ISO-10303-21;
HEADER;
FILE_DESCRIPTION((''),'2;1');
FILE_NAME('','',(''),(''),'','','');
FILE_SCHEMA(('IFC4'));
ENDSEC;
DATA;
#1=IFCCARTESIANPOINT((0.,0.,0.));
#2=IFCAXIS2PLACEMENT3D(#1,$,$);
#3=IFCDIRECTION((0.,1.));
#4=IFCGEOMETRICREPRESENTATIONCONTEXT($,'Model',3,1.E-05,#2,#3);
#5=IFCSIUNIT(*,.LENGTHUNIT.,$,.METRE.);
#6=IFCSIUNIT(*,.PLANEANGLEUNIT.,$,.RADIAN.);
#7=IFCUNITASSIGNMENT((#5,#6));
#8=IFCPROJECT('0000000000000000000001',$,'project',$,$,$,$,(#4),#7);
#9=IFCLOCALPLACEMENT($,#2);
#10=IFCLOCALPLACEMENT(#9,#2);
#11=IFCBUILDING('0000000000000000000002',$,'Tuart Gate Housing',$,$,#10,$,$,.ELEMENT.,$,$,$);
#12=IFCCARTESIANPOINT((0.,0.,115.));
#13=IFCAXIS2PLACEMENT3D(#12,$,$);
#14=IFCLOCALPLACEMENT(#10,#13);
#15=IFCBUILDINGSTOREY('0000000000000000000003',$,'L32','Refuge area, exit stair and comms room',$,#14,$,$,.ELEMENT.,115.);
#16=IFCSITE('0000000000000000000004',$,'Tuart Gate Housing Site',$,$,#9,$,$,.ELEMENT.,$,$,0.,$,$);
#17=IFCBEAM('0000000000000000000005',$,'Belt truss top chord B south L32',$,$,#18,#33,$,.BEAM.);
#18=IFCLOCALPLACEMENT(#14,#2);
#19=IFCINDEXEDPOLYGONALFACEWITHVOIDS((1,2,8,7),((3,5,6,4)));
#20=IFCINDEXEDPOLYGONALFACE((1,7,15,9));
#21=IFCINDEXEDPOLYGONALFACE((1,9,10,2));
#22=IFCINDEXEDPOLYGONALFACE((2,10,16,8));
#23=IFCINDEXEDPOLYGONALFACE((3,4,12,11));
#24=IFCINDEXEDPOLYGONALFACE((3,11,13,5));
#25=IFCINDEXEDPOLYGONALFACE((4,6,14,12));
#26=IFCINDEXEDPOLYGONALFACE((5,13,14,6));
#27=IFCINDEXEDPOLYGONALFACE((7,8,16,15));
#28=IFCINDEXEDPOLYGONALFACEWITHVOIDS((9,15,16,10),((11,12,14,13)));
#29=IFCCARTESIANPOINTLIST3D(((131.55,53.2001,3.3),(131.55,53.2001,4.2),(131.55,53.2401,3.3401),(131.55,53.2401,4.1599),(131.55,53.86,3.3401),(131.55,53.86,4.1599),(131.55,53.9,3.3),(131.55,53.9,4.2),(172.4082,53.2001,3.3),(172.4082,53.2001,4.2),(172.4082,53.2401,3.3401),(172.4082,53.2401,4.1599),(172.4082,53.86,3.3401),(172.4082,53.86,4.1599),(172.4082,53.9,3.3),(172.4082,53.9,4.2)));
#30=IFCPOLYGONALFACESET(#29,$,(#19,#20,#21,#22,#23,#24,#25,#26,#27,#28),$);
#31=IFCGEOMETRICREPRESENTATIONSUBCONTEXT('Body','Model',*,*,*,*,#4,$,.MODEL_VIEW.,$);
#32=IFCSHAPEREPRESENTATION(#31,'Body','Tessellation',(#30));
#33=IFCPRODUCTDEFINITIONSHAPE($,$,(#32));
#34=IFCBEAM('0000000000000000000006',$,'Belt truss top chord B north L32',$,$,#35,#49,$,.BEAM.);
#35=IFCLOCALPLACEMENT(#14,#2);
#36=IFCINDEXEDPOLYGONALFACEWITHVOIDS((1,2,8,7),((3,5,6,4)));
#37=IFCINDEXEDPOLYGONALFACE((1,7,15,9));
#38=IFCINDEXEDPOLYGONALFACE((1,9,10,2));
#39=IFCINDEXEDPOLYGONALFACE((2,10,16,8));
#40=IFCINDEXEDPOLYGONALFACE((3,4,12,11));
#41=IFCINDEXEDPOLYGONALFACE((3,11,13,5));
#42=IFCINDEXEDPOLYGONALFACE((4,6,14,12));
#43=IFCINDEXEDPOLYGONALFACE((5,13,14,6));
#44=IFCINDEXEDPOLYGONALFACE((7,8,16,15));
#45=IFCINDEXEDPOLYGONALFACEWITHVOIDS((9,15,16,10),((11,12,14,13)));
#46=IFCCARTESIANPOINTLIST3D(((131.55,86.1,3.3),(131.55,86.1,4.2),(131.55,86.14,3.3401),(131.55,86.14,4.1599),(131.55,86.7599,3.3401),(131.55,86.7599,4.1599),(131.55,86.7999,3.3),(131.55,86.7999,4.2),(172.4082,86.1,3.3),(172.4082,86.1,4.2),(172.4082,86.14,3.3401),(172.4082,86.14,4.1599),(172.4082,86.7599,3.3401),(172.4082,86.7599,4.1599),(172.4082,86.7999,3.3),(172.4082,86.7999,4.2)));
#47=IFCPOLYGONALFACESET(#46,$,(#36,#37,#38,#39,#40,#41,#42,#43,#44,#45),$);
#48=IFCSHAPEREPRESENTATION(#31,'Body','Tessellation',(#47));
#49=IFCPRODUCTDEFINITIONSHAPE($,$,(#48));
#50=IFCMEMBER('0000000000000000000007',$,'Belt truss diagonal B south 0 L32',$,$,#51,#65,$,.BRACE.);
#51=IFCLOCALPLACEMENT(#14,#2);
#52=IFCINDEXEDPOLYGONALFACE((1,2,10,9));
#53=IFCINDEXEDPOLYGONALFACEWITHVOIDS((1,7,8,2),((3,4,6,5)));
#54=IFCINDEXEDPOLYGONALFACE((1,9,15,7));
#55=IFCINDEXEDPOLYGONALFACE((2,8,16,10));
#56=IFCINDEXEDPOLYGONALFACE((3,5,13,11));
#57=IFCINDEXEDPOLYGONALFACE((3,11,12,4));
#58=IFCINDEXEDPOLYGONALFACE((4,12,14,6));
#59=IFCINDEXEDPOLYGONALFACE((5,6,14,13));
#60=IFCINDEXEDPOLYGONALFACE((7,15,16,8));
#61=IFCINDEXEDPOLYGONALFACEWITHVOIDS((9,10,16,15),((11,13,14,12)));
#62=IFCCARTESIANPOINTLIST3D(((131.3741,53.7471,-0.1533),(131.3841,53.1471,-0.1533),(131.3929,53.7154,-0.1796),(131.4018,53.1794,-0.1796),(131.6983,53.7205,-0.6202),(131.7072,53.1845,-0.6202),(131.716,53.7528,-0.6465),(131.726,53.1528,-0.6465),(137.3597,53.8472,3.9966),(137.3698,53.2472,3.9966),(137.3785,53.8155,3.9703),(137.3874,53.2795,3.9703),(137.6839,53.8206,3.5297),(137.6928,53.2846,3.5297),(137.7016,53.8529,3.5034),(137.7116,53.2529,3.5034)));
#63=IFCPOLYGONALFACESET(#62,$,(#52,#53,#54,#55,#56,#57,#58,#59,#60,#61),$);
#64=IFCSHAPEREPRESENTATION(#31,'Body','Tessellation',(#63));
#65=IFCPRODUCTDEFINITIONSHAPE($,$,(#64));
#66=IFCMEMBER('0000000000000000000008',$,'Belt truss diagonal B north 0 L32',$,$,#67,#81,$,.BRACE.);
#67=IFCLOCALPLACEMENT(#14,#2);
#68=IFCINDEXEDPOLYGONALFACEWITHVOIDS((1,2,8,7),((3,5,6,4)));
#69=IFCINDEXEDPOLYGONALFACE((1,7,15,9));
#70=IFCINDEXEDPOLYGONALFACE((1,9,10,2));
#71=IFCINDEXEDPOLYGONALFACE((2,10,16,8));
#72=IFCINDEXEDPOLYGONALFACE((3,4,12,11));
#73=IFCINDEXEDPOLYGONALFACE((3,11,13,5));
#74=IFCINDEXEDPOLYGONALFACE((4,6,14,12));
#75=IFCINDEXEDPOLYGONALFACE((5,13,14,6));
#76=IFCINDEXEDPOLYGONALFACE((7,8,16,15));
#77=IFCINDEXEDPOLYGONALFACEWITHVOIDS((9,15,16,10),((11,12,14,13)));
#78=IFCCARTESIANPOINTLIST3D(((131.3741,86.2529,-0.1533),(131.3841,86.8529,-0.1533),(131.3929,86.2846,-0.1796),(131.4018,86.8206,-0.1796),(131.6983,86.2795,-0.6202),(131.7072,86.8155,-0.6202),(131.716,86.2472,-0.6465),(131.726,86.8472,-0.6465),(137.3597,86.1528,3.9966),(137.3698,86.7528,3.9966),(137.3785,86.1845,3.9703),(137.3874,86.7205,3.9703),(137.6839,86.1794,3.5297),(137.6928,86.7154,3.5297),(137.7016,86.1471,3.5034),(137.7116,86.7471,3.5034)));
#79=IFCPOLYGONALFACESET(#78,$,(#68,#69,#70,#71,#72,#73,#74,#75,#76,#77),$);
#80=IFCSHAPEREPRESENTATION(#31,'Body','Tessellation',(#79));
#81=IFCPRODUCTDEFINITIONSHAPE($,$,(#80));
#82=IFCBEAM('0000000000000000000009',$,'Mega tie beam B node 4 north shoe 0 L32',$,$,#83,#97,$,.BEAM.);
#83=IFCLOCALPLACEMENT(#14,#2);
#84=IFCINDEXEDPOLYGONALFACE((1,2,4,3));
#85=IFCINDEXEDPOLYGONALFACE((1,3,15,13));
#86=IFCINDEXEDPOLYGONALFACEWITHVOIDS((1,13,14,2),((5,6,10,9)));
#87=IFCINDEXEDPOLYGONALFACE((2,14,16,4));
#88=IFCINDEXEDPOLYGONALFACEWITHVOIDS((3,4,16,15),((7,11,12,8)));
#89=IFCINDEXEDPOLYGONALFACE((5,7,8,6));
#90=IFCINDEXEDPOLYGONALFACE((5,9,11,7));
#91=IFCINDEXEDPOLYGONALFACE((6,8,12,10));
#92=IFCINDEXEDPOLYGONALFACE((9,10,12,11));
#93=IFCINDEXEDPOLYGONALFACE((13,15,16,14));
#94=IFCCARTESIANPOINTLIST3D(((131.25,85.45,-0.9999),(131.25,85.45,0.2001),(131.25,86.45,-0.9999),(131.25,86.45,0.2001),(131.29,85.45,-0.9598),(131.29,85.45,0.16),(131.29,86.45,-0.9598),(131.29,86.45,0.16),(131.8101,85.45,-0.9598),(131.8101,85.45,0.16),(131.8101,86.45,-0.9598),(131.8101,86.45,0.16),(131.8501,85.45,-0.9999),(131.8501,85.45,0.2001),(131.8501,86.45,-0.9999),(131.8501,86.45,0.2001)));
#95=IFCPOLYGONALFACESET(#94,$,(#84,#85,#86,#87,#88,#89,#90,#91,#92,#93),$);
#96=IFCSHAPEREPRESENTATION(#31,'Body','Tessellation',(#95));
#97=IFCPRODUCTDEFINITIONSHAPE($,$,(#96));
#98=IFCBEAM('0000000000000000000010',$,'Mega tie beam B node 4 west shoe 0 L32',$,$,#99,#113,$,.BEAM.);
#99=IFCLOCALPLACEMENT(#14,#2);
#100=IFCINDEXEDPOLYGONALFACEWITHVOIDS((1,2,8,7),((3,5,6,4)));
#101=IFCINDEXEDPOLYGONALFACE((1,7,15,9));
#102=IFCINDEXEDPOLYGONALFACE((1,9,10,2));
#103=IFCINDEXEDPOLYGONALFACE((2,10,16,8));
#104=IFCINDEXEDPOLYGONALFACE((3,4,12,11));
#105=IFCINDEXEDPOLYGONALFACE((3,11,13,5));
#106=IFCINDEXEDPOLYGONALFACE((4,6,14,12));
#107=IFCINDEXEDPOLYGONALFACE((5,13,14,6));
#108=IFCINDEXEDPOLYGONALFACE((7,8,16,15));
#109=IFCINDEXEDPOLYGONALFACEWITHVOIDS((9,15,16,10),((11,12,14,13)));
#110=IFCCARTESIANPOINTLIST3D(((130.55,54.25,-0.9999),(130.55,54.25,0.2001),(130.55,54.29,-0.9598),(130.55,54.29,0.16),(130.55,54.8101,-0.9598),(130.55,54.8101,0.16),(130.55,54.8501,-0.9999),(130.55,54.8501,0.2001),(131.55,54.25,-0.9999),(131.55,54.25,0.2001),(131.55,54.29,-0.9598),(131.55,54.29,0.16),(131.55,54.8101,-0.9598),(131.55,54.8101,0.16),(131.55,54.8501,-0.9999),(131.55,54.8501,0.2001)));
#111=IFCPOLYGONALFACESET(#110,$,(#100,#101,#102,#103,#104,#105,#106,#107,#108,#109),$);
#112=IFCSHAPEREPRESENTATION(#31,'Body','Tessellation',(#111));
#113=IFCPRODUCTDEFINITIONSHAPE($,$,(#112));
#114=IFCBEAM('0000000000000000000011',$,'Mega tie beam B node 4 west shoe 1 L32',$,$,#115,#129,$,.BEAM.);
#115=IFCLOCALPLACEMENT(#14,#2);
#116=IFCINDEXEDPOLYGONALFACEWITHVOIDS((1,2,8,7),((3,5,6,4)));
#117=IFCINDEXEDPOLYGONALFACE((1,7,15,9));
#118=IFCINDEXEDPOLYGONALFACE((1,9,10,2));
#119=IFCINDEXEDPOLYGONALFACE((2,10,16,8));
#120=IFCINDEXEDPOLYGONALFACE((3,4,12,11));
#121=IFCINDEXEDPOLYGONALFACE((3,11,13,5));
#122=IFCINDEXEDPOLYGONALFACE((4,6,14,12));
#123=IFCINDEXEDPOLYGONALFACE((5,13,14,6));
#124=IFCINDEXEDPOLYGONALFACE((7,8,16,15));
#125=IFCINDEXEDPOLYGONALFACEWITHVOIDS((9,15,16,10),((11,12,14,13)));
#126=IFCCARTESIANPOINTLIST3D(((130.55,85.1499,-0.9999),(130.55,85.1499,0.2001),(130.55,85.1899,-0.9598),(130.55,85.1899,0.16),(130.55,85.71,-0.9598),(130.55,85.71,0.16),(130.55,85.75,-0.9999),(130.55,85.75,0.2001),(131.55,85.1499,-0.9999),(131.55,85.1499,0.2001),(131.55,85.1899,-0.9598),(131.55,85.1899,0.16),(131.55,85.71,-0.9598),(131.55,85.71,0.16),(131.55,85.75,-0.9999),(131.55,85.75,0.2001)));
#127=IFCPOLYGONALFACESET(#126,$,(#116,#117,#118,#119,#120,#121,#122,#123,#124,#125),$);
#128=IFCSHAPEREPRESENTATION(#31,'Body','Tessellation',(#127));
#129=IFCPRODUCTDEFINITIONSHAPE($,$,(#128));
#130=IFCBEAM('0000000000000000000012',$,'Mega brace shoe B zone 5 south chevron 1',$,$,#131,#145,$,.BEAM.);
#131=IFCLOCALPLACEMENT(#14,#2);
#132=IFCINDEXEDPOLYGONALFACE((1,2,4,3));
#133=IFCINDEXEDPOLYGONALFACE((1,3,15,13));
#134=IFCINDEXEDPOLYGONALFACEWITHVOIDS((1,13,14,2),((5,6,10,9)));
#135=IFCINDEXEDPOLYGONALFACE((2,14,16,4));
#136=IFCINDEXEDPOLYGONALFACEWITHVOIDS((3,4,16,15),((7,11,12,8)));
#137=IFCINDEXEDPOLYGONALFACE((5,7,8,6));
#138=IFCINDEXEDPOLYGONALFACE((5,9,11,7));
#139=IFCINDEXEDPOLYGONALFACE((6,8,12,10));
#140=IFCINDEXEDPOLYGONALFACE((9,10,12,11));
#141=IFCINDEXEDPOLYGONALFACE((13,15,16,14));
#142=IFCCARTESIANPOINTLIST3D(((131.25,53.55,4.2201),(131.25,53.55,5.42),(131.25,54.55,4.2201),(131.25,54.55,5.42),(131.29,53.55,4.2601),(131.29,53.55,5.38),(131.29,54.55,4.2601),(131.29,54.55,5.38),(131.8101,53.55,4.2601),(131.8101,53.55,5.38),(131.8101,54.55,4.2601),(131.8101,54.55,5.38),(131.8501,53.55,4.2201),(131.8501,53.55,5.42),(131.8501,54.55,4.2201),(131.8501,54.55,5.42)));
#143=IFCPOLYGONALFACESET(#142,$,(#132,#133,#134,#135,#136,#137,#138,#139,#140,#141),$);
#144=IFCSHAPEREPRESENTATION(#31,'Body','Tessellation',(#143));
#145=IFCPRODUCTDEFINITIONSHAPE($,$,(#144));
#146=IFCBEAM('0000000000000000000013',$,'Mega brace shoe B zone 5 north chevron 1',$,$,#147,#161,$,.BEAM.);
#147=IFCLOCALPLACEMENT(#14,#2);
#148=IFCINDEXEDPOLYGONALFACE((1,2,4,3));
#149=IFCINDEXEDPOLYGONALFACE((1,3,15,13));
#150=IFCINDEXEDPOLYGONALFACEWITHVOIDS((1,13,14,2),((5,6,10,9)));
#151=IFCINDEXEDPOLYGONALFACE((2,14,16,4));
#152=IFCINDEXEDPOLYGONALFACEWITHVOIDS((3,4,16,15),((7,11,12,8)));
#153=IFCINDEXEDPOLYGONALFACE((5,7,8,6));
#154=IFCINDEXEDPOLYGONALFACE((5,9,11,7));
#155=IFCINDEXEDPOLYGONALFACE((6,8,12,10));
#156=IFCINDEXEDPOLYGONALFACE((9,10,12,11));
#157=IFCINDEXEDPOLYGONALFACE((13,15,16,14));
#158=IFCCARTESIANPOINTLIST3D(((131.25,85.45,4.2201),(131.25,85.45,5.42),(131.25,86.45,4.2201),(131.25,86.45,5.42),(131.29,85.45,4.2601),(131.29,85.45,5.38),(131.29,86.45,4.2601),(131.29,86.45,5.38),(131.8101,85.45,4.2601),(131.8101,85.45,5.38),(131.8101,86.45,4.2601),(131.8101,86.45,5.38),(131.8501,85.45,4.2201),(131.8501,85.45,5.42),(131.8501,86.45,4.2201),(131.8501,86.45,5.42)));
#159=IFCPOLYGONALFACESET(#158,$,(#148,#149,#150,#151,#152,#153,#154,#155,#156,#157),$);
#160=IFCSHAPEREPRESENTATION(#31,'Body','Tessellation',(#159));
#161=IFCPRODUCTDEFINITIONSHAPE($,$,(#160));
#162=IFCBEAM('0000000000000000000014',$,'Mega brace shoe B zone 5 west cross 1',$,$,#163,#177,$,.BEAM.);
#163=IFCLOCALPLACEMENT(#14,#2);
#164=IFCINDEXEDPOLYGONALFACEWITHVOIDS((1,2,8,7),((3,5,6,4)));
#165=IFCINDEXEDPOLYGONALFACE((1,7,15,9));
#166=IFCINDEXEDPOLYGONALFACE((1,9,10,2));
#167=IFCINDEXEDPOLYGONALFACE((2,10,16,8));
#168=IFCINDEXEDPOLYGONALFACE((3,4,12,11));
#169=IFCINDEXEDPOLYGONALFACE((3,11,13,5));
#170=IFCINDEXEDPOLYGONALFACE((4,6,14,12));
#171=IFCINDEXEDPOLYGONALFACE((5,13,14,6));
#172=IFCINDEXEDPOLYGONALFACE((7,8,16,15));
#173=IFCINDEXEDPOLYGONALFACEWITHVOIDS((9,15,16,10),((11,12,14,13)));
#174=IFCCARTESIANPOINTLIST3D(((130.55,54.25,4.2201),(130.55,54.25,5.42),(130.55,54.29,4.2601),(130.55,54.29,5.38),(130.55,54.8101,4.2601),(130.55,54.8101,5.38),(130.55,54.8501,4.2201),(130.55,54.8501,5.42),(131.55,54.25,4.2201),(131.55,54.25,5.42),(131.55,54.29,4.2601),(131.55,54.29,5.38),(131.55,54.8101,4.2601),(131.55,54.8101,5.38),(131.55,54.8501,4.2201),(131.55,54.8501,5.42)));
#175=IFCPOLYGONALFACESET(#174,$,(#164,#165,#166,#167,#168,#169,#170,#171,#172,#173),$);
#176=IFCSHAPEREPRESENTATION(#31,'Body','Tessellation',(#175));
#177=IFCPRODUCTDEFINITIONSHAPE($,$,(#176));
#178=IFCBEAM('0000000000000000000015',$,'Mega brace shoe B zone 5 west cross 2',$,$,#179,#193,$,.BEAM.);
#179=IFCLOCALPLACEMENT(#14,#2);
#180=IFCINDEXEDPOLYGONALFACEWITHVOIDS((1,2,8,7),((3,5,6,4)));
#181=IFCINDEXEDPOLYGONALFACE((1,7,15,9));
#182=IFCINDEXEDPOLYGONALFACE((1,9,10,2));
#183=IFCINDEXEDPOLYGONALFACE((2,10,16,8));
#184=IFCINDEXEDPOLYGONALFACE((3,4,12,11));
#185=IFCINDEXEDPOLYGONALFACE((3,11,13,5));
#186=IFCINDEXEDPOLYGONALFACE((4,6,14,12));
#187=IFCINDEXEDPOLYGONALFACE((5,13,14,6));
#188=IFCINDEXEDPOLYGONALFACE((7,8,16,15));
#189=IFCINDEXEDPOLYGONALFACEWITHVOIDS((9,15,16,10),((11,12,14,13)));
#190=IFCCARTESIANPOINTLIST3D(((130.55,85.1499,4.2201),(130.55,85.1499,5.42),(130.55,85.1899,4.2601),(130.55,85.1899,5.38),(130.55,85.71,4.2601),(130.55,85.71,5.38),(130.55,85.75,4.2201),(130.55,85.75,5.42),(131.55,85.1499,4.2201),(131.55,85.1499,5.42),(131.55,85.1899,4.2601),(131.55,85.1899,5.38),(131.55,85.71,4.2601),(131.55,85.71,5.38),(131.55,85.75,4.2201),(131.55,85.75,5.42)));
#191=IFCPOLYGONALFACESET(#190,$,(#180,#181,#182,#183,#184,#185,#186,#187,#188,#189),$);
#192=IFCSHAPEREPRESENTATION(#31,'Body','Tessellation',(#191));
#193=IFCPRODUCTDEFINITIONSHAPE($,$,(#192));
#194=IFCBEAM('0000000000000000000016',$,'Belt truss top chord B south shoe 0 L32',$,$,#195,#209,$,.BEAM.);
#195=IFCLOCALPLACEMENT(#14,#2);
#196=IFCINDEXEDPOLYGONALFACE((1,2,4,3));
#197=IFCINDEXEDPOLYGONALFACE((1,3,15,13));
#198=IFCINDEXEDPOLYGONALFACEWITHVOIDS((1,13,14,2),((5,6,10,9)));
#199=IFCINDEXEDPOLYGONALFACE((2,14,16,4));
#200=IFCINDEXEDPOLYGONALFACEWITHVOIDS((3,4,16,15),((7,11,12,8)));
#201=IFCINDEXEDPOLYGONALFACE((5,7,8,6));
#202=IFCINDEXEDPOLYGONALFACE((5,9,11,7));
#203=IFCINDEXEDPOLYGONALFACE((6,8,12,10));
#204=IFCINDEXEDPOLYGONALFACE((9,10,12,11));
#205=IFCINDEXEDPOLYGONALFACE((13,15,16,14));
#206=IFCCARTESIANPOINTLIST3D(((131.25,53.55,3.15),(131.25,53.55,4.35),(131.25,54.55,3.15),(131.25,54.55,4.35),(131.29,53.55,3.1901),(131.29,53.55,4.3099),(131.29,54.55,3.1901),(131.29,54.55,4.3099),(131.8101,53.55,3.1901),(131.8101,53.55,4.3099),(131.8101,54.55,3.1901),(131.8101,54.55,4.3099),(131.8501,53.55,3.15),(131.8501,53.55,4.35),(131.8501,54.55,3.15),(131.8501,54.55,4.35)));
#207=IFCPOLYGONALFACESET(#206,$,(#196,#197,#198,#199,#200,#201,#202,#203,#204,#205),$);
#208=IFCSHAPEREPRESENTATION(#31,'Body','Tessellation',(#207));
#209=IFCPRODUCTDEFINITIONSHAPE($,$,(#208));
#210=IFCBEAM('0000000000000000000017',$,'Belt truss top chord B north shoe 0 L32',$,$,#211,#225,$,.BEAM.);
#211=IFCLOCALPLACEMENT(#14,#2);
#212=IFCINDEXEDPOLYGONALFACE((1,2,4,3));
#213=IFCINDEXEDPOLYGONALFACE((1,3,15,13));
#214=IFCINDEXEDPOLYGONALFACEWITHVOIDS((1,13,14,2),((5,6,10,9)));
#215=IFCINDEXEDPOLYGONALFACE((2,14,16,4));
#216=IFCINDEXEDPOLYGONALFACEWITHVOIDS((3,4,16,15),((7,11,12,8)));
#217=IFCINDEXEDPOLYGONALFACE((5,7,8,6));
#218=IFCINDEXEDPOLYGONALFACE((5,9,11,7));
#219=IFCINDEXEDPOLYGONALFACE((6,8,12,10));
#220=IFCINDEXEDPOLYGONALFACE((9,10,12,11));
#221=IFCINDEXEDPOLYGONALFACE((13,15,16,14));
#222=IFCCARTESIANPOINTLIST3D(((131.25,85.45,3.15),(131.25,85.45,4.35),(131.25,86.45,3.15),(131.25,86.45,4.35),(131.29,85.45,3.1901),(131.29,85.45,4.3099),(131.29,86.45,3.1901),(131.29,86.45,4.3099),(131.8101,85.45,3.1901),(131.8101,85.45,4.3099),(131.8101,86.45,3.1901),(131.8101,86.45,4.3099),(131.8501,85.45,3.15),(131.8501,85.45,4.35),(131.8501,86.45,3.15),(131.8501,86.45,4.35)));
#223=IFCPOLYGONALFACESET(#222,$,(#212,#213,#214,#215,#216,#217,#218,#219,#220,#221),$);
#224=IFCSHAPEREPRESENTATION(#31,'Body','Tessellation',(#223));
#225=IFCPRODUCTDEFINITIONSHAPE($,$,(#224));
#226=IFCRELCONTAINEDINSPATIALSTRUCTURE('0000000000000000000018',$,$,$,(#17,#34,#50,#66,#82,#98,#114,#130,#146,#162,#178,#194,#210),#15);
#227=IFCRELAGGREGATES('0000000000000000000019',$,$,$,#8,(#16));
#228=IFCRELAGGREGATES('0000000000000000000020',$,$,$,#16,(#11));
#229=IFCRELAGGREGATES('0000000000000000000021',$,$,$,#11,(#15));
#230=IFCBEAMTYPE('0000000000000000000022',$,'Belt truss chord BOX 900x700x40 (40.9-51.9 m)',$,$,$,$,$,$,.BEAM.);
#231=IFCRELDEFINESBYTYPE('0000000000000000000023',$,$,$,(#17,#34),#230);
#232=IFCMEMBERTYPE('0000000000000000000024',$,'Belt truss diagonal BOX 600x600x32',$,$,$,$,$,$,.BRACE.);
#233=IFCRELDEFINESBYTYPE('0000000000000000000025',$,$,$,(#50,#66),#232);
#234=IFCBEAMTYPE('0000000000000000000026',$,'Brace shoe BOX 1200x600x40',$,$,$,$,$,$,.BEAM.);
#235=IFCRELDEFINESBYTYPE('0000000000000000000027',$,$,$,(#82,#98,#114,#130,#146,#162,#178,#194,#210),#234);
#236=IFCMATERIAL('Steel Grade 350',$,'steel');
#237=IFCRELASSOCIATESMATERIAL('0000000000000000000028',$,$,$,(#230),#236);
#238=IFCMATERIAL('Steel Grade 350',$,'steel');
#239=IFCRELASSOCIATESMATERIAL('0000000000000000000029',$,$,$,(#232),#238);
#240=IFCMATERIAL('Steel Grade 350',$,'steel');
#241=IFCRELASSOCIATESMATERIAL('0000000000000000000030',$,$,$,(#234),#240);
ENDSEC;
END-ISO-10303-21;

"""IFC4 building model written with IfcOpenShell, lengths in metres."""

from ifc_helpers import new_model, si_unit, direction, frame, origin, origin_2d, place, context, subcontext, project, spatial, hollow_rectangle, extrude, material, material_profile, profile_set, type_object, element, save


model = new_model("IFC4")

# Units and contexts
model_context = context("Model", 3, precision=1e-05, world=origin(), true_north=direction((0.0, 1.0)))
body_context = subcontext(model_context, "Body", "Model", "MODEL_VIEW")
ifc_project = project(units=[si_unit("LENGTHUNIT", "METRE"), si_unit("PLANEANGLEUNIT", "RADIAN")], contexts=[model_context])

# Site, building, storey
site_placement = place(None, origin())
site = spatial("IfcSite", under=ifc_project, at=site_placement, Name="Tuart Gate Housing Site", CompositionType="ELEMENT", RefElevation=0.0)
building_placement = place(site_placement, origin())
building = spatial("IfcBuilding", under=site, at=building_placement, Name="Tuart Gate Housing", CompositionType="ELEMENT")
storey_placement = place(building_placement, frame((0.0, 0.0, 115.0)))
storey = spatial("IfcBuildingStorey", under=building, at=storey_placement, Name="L32", Description="Refuge area, exit stair and comms room", CompositionType="ELEMENT", Elevation=115.0)

# Beams
ifc_material_1 = material(Name="Steel Grade 350", Category="steel")
ifc_material_profile_1 = material_profile(ifc_material_1, hollow_rectangle(XDim=0.7, YDim=0.8999, WallThickness=0.04, at=origin_2d()), Name="BOX 900x700x40")
ifc_profile_set_1 = profile_set([ifc_material_profile_1], Name="Steel Grade 350")
beam_type_1 = type_object("IfcBeamType", Name="Belt truss chord BOX 900x700x40 (40.9-51.9 m)", PredefinedType="BEAM", material=ifc_profile_set_1)
for number, where, z_axis, x_axis, name in (
    (1, (131.55, 53.55, 3.75), (1.0, 0.0, 0.0), (0.0, 1.0, 0.0), "Belt truss top chord B south L32"),
    (2, (131.55, 86.45, 3.75), (1.0, 0.0, 0.0), (0.0, 1.0, 0.0), "Belt truss top chord B north L32"),
):
    element("IfcBeam", number, at=place(storey_placement, frame(where, z_axis=z_axis, x_axis=x_axis)), inside=storey, type_object=beam_type_1, Name=name, PredefinedType="BEAM", context=body_context, shape_type="SweptSolid", body=[
        extrude(hollow_rectangle(XDim=0.7, YDim=0.8999, WallThickness=0.04, at=origin_2d()), origin(), (0.0, 0.0, 1.0), 40.8582),
    ])

# Members
ifc_material_2 = material(Name="Steel Grade 350", Category="steel")
ifc_material_profile_2 = material_profile(ifc_material_2, hollow_rectangle(XDim=0.6001, YDim=0.6001, WallThickness=0.032, at=origin_2d()), Name="BOX 600x600x32")
ifc_profile_set_2 = profile_set([ifc_material_profile_2], Name="Steel Grade 350")
member_type_1 = type_object("IfcMemberType", Name="Belt truss diagonal BOX 600x600x32", PredefinedType="BRACE", material=ifc_profile_set_2)
for number, where, z_axis, x_axis, name in (
    (3, (131.55, 53.45, -0.3999), (0.821727, 0.013742, 0.569716), (-0.016721, 0.99986, 0.0), "Belt truss diagonal B south 0 L32"),
    (4, (131.55, 86.55, -0.3999), (0.821727, -0.013742, 0.569716), (0.016721, 0.99986, 0.0), "Belt truss diagonal B north 0 L32"),
):
    element("IfcMember", number, at=place(storey_placement, frame(where, z_axis=z_axis, x_axis=x_axis)), inside=storey, type_object=member_type_1, Name=name, PredefinedType="BRACE", context=body_context, shape_type="SweptSolid", body=[
        extrude(hollow_rectangle(XDim=0.6001, YDim=0.6001, WallThickness=0.032, at=origin_2d()), origin(), (0.0, 0.0, 1.0), 7.2842),
    ])

# Beams
ifc_material_3 = material(Name="Steel Grade 350", Category="steel")
ifc_material_profile_3 = material_profile(ifc_material_3, hollow_rectangle(XDim=0.6001, YDim=1.2, WallThickness=0.04, at=origin_2d()), Name="BOX 1200x600x40")
ifc_profile_set_3 = profile_set([ifc_material_profile_3], Name="Steel Grade 350")
beam_type_2 = type_object("IfcBeamType", Name="Brace shoe BOX 1200x600x40", PredefinedType="BEAM", material=ifc_profile_set_3)
for number, where, z_axis, x_axis, name in (
    (5, (131.55, 85.45, -0.3999), (0.0, 1.0, 0.0), (-1.0, 0.0, 0.0), "Mega tie beam B node 4 north shoe 0 L32"),
    (6, (131.55, 54.55, -0.3999), (-1.0, 0.0, 0.0), (0.0, -1.0, 0.0), "Mega tie beam B node 4 west shoe 0 L32"),
    (7, (131.55, 85.45, -0.3999), (-1.0, 0.0, 0.0), (0.0, -1.0, 0.0), "Mega tie beam B node 4 west shoe 1 L32"),
    (8, (131.55, 54.55, 4.8201), (0.0, -1.0, 0.0), (1.0, 0.0, 0.0), "Mega brace shoe B zone 5 south chevron 1"),
    (9, (131.55, 85.45, 4.8201), (0.0, 1.0, 0.0), (-1.0, 0.0, 0.0), "Mega brace shoe B zone 5 north chevron 1"),
    (10, (131.55, 54.55, 4.8201), (-1.0, 0.0, 0.0), (0.0, -1.0, 0.0), "Mega brace shoe B zone 5 west cross 1"),
    (11, (131.55, 85.45, 4.8201), (-1.0, 0.0, 0.0), (0.0, -1.0, 0.0), "Mega brace shoe B zone 5 west cross 2"),
    (12, (131.55, 54.55, 3.75), (0.0, -1.0, 0.0), (1.0, 0.0, 0.0), "Belt truss top chord B south shoe 0 L32"),
    (13, (131.55, 85.45, 3.75), (0.0, 1.0, 0.0), (-1.0, 0.0, 0.0), "Belt truss top chord B north shoe 0 L32"),
):
    element("IfcBeam", number, at=place(storey_placement, frame(where, z_axis=z_axis, x_axis=x_axis)), inside=storey, type_object=beam_type_2, Name=name, PredefinedType="BEAM", context=body_context, shape_type="SweptSolid", body=[
        extrude(hollow_rectangle(XDim=0.6001, YDim=1.2, WallThickness=0.04, at=origin_2d()), origin(), (0.0, 0.0, 1.0), 1.0),
    ])

save(model, "model.ifc")
